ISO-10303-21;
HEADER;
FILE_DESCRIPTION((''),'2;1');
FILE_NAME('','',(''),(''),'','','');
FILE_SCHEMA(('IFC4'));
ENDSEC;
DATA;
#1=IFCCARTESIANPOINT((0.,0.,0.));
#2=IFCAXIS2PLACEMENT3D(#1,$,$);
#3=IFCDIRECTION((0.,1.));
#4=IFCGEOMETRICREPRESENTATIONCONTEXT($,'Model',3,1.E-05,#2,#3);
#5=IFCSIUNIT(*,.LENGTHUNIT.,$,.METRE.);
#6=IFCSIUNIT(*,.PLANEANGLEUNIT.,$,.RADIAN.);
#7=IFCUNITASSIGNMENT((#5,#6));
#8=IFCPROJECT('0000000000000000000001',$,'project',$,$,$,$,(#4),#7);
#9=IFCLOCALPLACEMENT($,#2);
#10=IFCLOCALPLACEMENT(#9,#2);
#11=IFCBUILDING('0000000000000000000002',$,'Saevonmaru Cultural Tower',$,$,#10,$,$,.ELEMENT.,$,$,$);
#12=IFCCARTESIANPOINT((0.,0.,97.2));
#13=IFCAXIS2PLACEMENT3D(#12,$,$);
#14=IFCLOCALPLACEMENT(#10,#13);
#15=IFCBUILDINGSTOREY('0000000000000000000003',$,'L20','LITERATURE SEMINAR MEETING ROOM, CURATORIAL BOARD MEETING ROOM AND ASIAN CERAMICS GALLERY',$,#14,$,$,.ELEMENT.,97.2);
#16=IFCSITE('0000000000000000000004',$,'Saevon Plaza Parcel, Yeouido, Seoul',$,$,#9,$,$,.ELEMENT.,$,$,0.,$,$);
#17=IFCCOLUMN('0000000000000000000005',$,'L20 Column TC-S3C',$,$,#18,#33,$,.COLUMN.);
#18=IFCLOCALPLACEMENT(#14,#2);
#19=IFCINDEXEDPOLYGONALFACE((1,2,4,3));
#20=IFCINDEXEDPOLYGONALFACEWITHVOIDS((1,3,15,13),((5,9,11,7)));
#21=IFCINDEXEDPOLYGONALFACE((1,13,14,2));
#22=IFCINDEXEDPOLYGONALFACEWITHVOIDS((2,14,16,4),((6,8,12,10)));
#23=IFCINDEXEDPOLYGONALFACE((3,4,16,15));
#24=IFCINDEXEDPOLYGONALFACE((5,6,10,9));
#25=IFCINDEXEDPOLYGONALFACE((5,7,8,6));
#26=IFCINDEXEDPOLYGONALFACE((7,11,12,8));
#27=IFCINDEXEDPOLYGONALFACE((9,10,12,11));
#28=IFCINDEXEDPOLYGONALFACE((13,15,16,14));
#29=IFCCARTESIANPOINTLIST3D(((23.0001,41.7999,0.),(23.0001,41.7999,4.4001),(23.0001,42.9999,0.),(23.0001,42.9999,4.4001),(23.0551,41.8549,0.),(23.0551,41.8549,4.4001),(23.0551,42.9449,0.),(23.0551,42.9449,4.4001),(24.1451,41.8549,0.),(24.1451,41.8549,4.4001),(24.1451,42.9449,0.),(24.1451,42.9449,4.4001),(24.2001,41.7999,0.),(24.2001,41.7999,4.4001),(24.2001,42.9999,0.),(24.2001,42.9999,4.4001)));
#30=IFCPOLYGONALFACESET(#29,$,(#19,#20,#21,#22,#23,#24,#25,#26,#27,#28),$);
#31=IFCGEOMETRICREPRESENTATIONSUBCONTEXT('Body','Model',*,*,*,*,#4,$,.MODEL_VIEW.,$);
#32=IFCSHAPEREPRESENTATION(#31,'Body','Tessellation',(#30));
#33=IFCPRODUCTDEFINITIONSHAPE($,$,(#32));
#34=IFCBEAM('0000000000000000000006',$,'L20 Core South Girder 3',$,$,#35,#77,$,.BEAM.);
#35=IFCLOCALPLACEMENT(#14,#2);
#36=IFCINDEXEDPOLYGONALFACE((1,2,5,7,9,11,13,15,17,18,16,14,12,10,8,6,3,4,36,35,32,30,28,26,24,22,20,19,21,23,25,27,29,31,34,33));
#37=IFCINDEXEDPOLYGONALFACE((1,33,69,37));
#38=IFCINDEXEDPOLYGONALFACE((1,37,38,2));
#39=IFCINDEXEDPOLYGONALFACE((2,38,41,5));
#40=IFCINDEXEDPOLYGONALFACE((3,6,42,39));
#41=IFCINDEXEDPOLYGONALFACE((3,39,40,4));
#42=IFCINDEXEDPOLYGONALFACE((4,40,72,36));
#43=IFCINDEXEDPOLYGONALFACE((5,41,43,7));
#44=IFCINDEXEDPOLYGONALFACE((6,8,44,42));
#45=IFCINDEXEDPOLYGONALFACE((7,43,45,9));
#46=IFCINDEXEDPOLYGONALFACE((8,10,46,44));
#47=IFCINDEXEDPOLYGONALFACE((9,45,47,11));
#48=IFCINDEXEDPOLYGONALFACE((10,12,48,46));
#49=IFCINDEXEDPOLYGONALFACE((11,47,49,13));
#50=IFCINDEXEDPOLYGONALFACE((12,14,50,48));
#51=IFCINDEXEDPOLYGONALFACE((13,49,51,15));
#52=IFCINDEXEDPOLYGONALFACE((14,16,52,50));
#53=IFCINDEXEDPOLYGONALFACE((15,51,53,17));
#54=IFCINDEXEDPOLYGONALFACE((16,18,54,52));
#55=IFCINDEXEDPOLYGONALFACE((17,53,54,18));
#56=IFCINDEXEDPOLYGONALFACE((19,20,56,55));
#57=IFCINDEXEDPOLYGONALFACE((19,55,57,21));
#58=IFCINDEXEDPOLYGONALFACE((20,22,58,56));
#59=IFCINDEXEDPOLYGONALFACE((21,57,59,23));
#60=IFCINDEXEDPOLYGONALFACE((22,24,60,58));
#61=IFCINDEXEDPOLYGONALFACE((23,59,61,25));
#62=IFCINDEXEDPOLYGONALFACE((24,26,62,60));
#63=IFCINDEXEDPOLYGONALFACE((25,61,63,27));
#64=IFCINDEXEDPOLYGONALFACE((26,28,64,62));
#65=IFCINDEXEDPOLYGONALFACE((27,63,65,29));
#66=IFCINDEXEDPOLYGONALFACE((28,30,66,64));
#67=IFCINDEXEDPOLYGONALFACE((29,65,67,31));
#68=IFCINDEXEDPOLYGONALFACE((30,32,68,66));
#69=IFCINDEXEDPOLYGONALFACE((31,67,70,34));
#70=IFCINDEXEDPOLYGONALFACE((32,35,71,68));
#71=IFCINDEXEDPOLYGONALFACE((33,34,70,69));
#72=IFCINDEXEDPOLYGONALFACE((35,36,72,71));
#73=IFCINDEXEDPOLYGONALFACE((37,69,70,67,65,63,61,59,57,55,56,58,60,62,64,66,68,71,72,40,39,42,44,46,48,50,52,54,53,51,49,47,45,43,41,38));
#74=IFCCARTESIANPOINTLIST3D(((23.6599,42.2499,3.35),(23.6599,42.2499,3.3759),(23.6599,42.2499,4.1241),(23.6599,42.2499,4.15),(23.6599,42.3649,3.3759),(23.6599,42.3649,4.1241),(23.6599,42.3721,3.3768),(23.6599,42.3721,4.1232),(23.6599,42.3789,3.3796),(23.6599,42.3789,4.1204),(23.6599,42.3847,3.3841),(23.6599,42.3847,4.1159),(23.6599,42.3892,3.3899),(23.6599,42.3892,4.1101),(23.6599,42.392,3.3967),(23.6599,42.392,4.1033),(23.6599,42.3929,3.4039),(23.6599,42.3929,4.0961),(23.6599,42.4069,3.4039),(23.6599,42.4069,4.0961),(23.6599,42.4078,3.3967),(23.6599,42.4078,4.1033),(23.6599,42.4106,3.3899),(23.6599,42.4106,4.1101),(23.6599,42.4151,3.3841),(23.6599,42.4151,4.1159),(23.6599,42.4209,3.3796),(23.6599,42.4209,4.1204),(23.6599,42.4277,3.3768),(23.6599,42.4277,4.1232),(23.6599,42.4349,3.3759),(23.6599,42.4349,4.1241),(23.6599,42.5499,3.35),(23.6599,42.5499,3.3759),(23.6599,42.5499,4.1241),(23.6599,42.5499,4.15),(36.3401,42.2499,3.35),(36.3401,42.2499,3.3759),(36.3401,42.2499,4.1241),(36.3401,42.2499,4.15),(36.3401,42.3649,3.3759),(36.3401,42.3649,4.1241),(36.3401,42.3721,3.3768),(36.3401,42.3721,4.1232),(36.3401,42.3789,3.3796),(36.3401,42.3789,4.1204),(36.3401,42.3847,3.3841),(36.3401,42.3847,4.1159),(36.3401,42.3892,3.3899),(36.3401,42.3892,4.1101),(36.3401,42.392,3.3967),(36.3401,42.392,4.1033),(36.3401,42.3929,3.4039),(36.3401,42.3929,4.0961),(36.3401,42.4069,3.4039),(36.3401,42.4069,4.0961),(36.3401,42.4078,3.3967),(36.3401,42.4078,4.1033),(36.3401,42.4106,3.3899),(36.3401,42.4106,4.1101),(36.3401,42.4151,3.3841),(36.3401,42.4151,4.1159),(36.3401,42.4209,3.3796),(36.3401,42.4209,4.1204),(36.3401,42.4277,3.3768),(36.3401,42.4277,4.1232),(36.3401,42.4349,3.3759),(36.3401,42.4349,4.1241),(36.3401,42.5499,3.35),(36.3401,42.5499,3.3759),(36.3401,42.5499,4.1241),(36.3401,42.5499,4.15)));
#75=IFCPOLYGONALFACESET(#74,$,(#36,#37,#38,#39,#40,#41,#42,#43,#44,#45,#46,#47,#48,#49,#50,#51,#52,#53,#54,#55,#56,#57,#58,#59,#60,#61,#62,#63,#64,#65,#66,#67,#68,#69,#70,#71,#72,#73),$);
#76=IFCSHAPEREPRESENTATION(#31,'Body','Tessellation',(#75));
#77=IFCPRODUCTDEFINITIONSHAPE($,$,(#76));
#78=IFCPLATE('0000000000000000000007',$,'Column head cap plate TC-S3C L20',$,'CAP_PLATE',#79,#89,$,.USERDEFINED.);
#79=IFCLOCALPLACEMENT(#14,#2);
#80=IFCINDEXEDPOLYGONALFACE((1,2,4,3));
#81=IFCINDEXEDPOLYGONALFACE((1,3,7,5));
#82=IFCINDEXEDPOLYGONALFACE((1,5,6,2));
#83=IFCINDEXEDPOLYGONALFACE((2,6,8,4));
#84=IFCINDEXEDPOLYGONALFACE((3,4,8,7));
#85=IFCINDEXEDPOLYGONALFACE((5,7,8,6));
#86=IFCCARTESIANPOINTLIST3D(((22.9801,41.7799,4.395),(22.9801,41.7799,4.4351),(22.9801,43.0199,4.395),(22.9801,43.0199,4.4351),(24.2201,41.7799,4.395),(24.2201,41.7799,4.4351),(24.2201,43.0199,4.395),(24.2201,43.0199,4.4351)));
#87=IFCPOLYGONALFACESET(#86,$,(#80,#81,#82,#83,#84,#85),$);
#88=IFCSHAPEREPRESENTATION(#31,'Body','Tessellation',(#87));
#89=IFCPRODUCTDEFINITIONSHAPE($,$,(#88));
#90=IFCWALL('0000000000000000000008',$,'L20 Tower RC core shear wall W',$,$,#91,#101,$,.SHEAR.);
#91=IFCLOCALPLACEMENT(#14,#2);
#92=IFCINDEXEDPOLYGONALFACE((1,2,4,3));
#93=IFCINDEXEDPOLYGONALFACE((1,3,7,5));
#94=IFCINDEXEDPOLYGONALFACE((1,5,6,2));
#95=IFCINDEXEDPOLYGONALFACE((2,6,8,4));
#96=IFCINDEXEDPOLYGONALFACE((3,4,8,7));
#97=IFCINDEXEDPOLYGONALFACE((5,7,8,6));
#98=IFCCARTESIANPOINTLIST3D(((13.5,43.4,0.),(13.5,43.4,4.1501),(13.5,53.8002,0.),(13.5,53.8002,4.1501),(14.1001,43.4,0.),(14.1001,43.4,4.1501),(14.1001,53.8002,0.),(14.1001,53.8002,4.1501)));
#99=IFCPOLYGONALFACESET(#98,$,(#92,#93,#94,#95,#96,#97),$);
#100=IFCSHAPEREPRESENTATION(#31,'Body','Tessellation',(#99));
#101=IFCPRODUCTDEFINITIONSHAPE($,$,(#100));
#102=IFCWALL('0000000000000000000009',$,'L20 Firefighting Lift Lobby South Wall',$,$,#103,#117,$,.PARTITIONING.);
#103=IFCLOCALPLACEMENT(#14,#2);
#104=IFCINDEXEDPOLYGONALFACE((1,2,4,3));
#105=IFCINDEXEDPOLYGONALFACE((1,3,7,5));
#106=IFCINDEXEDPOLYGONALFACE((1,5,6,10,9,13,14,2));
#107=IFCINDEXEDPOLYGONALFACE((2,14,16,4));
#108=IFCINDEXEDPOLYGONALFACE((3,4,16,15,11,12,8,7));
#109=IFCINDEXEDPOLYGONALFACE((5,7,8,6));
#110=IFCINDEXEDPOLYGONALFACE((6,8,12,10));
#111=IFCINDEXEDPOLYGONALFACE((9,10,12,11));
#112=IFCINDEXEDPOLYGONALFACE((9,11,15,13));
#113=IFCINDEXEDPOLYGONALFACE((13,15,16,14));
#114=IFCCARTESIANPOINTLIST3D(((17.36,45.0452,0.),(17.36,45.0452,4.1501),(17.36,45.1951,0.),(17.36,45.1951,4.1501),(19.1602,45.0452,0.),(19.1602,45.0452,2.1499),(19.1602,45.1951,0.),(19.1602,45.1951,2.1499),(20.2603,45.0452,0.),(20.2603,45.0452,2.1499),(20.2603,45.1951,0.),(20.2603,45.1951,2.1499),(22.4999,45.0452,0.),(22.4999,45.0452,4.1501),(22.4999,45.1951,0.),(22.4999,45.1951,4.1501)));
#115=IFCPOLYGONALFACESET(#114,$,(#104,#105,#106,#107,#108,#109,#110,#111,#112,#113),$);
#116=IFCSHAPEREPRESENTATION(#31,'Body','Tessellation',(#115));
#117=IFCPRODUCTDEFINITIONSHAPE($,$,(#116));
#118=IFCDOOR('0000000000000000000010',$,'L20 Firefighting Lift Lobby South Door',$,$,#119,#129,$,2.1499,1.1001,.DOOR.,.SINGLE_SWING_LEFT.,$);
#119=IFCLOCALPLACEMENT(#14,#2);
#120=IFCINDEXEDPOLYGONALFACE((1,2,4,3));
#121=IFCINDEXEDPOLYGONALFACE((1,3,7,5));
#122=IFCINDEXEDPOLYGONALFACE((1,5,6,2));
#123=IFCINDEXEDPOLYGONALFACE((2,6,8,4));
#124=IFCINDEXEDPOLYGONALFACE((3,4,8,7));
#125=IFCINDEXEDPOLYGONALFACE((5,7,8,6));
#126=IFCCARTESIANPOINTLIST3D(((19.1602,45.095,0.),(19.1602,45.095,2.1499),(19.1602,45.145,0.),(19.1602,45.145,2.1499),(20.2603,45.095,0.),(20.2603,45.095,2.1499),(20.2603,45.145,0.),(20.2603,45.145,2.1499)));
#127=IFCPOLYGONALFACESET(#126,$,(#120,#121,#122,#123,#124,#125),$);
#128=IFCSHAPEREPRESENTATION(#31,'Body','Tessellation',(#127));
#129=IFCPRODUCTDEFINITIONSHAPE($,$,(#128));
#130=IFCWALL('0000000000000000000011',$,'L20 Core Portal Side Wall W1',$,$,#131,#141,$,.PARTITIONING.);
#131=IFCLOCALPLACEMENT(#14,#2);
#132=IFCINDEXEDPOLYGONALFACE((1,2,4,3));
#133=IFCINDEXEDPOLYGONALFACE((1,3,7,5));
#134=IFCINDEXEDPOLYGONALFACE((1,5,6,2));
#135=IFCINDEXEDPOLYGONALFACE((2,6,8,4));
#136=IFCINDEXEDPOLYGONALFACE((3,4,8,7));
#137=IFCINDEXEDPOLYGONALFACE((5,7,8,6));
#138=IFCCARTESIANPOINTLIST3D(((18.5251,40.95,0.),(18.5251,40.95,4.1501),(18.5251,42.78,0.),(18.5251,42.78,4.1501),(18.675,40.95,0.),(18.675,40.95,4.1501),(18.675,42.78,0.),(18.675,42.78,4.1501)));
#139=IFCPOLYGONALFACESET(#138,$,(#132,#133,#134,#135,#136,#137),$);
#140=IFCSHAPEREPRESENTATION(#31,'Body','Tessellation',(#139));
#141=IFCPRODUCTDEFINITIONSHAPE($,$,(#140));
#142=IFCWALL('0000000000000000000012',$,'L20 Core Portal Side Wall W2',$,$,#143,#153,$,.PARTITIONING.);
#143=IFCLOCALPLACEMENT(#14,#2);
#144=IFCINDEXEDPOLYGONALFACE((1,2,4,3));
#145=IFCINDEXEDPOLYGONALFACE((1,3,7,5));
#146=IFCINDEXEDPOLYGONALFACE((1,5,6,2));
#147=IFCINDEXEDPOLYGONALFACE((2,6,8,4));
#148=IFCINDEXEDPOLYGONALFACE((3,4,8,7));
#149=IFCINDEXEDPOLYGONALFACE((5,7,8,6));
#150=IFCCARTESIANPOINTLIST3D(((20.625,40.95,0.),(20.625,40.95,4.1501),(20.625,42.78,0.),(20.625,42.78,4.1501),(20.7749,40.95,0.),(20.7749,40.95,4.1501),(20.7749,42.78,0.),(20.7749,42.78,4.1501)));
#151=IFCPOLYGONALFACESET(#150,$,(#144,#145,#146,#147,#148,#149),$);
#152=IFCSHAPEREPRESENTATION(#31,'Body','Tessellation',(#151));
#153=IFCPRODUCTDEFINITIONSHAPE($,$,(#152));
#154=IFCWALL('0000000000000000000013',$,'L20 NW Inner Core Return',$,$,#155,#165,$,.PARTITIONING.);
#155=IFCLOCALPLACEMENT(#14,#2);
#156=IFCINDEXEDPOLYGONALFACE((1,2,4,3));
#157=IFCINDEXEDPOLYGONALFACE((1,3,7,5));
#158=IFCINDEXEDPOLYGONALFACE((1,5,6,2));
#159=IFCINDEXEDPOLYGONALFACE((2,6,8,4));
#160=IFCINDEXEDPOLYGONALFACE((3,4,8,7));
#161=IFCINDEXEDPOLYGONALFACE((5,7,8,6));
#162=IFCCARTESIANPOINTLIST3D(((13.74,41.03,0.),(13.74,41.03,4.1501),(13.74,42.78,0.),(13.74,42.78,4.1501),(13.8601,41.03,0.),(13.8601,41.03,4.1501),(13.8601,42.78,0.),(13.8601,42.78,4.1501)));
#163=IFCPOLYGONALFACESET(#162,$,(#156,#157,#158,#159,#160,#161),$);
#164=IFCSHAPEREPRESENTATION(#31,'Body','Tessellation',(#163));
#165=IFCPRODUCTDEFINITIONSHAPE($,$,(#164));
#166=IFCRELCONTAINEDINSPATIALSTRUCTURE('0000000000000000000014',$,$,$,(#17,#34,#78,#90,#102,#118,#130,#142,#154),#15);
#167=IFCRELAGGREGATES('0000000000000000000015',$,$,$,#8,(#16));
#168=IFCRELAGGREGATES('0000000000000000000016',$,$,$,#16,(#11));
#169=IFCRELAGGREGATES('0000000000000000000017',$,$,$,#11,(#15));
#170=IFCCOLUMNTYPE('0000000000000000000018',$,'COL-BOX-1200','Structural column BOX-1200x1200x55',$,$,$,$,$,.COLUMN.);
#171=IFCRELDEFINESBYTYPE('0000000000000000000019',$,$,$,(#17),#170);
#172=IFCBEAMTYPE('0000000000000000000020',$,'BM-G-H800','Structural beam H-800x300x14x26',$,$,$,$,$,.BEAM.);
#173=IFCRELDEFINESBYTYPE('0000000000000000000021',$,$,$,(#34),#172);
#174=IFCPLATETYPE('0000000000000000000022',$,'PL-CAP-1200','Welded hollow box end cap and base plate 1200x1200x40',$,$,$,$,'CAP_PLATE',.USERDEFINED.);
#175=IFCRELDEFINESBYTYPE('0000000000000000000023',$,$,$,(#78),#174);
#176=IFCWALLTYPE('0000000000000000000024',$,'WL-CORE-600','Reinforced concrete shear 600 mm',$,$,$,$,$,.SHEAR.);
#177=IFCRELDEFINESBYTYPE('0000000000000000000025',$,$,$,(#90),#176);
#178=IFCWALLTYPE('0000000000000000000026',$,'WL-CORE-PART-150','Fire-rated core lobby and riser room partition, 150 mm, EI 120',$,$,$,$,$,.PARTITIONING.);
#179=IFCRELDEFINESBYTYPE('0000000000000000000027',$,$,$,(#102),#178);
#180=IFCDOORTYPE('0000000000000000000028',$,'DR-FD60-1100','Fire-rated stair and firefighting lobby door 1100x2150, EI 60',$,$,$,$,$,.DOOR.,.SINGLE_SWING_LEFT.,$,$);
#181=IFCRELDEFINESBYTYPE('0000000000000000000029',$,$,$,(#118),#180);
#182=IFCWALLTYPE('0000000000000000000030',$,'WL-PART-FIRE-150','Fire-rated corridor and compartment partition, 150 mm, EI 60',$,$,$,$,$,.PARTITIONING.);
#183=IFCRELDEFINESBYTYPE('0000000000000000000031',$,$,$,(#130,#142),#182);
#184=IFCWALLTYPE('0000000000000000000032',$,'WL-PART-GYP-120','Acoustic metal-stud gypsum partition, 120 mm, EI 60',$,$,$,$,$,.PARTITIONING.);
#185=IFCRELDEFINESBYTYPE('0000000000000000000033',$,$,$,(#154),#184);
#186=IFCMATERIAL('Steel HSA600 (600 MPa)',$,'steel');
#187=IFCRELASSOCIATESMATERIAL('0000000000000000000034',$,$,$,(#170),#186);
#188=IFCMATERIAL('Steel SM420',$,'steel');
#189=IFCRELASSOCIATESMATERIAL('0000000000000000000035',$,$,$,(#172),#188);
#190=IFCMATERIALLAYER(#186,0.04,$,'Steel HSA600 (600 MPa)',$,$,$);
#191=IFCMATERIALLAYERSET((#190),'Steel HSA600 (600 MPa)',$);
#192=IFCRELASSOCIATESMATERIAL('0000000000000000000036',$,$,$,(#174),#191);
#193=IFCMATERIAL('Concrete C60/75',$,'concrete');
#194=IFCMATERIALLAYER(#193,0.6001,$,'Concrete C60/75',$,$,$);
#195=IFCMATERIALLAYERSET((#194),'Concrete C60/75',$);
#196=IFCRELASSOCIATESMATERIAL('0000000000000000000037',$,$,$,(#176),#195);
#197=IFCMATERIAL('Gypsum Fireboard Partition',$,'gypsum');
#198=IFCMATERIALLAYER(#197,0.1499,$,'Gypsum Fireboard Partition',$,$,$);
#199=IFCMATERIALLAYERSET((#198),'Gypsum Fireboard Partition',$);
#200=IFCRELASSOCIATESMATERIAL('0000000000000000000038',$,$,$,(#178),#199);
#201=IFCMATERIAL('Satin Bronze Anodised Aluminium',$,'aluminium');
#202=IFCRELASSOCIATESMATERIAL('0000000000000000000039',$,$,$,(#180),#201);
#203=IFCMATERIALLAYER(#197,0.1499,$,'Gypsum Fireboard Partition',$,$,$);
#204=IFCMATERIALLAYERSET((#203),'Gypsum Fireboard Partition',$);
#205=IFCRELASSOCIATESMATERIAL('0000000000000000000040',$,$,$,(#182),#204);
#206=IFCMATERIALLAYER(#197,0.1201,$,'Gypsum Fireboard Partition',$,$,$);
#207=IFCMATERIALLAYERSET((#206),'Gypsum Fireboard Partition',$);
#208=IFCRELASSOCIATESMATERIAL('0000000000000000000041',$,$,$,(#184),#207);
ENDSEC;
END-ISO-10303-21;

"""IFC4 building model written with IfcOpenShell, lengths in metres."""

from ifc_helpers import new_model, si_unit, direction, frame, frame_2d, origin, origin_2d, place, context, subcontext, project, spatial, rectangle, hollow_rectangle, i_section, extrude, material, layer, layer_set, material_profile, profile_set, type_object, element, fill, save


model = new_model("IFC4")

# Units and contexts
model_context = context("Model", 3, precision=1e-05, world=origin(), true_north=direction((0.0, 1.0)))
body_context = subcontext(model_context, "Body", "Model", "MODEL_VIEW")
ifc_project = project(units=[si_unit("LENGTHUNIT", "METRE"), si_unit("PLANEANGLEUNIT", "RADIAN")], contexts=[model_context])

# Site, building, storey
site_placement = place(None, origin())
site = spatial("IfcSite", under=ifc_project, at=site_placement, Name="Saevon Plaza Parcel, Yeouido, Seoul", CompositionType="ELEMENT", RefElevation=0.0)
building_placement = place(site_placement, origin())
building = spatial("IfcBuilding", under=site, at=building_placement, Name="Saevonmaru Cultural Tower", CompositionType="ELEMENT")
storey_placement = place(building_placement, frame((0.0, 0.0, 97.2)))
storey = spatial("IfcBuildingStorey", under=building, at=storey_placement, Name="L20", Description="LITERATURE SEMINAR MEETING ROOM, CURATORIAL BOARD MEETING ROOM AND ASIAN CERAMICS GALLERY", CompositionType="ELEMENT", Elevation=97.2)

# Column
ifc_material_1 = material(Name="Steel HSA600 (600 MPa)", Category="steel")
ifc_material_profile_1 = material_profile(ifc_material_1, hollow_rectangle(XDim=1.2, YDim=1.2, WallThickness=0.0549, at=origin_2d()), Name="BOX-1200x1200x55")
ifc_profile_set_1 = profile_set([ifc_material_profile_1], Name="Steel HSA600 (600 MPa)")
column_type = type_object("IfcColumnType", Name="COL-BOX-1200", Description="Structural column BOX-1200x1200x55", PredefinedType="COLUMN", material=ifc_profile_set_1)
column_placement = place(storey_placement, frame((23.6001, 42.3999, 0.0), z_axis=(0.0, 0.0, 1.0), x_axis=(1.0, 0.0, 0.0)))
element("IfcColumn", 1, at=column_placement, inside=storey, type_object=column_type, Name="L20 Column TC-S3C", PredefinedType="COLUMN", context=body_context, shape_type="SweptSolid", body=[
    extrude(hollow_rectangle(XDim=1.2, YDim=1.2, WallThickness=0.0549, at=origin_2d()), origin(), (0.0, 0.0, 1.0), 4.4001),
])

# Beam
ifc_material_2 = material(Name="Steel SM420", Category="steel")
ifc_material_profile_2 = material_profile(ifc_material_2, i_section(OverallWidth=0.3, OverallDepth=0.8, WebThickness=0.0139, FlangeThickness=0.0259, FilletRadius=0.0281, at=origin_2d()), Name="H-800x300x14x26")
ifc_profile_set_2 = profile_set([ifc_material_profile_2], Name="Steel SM420")
beam_type = type_object("IfcBeamType", Name="BM-G-H800", Description="Structural beam H-800x300x14x26", PredefinedType="BEAM", material=ifc_profile_set_2)
beam_placement = place(storey_placement, frame((23.6599, 42.3999, 3.75), z_axis=(1.0, 0.0, 0.0), x_axis=(0.0, 1.0, 0.0)))
element("IfcBeam", 2, at=beam_placement, inside=storey, type_object=beam_type, Name="L20 Core South Girder 3", PredefinedType="BEAM", context=body_context, shape_type="SweptSolid", body=[
    extrude(i_section(OverallWidth=0.3, OverallDepth=0.8, WebThickness=0.0139, FlangeThickness=0.0259, FilletRadius=0.0281, at=origin_2d()), origin(), (0.0, 0.0, 1.0), 12.6802),
])

# Plate
ifc_layer_1 = layer(ifc_material_1, 0.04, Name="Steel HSA600 (600 MPa)")
ifc_layer_set_1 = layer_set([ifc_layer_1], Name="Steel HSA600 (600 MPa)")
plate_type = type_object("IfcPlateType", Name="PL-CAP-1200", Description="Welded hollow box end cap and base plate 1200x1200x40", ElementType="CAP_PLATE", PredefinedType="USERDEFINED", material=ifc_layer_set_1)
plate_placement = place(storey_placement, frame((23.6001, 42.3999, 4.395), z_axis=(0.0, 0.0, 1.0), x_axis=(1.0, 0.0, 0.0)))
element("IfcPlate", 3, at=plate_placement, inside=storey, type_object=plate_type, Name="Column head cap plate TC-S3C L20", ObjectType="CAP_PLATE", PredefinedType="USERDEFINED", context=body_context, shape_type="SweptSolid", body=[
    extrude(rectangle(XDim=1.24, YDim=1.24, at=origin_2d()), origin(), (0.0, 0.0, 1.0), 0.04),
])

# Wall
ifc_material_3 = material(Name="Concrete C60/75", Category="concrete")
ifc_layer_2 = layer(ifc_material_3, 0.6001, Name="Concrete C60/75")
ifc_layer_set_2 = layer_set([ifc_layer_2], Name="Concrete C60/75")
wall_type_1 = type_object("IfcWallType", Name="WL-CORE-600", Description="Reinforced concrete shear 600 mm", PredefinedType="SHEAR", material=ifc_layer_set_2)
wall_1_placement = place(storey_placement, frame((13.8, 43.3999, 0.0), z_axis=(0.0, 0.0, 1.0), x_axis=(0.0, 1.0, 0.0)))
element("IfcWall", 4, at=wall_1_placement, inside=storey, type_object=wall_type_1, Name="L20 Tower RC core shear wall W", PredefinedType="SHEAR", context=body_context, shape_type="SweptSolid", body=[
    extrude(rectangle(XDim=10.4001, YDim=0.6001, at=frame_2d((5.2002, 0.0))), origin(), (0.0, 0.0, 1.0), 4.1501),
])

# Wall, opening, door
ifc_material_4 = material(Name="Gypsum Fireboard Partition", Category="gypsum")
ifc_layer_3 = layer(ifc_material_4, 0.1499, Name="Gypsum Fireboard Partition")
ifc_layer_set_3 = layer_set([ifc_layer_3], Name="Gypsum Fireboard Partition")
wall_type_2 = type_object("IfcWallType", Name="WL-CORE-PART-150", Description="Fire-rated core lobby and riser room partition, 150 mm, EI 120", PredefinedType="PARTITIONING", material=ifc_layer_set_3)
wall_2_placement = place(storey_placement, frame((17.3601, 45.1201, 0.0), z_axis=(0.0, 0.0, 1.0), x_axis=(1.0, 0.0, 0.0)))
wall_2 = element("IfcWall", 5, at=wall_2_placement, inside=storey, type_object=wall_type_2, Name="L20 Firefighting Lift Lobby South Wall", PredefinedType="PARTITIONING", context=body_context, shape_type="SweptSolid", body=[
    extrude(rectangle(XDim=5.1399, YDim=0.1499, at=frame_2d((2.5698, 0.0))), origin(), (0.0, 0.0, 1.0), 4.1501),
])
opening_1_placement = place(wall_2_placement, frame((1.8, 0.0, 0.0)))
opening_1 = element("IfcOpeningElement", 6, at=opening_1_placement, cuts=wall_2, PredefinedType="OPENING", context=body_context, shape_type="SweptSolid", body=[
    extrude(rectangle(XDim=1.1001, YDim=2.1499, at=frame_2d((0.55, 1.075))), frame((0.0, 0.085, 0.0), z_axis=(0.0, -1.0, 0.0), x_axis=(1.0, 0.0, 0.0)), (0.0, 0.0, 1.0), 0.1699),
])
ifc_material_5 = material(Name="Satin Bronze Anodised Aluminium", Category="aluminium")
door_type_1 = type_object("IfcDoorType", Name="DR-FD60-1100", Description="Fire-rated stair and firefighting lobby door 1100x2150, EI 60", OperationType="SINGLE_SWING_LEFT", PredefinedType="DOOR", material=ifc_material_5)
door_1_placement = place(opening_1_placement, origin())
door_1 = element("IfcDoor", 7, at=door_1_placement, inside=storey, type_object=door_type_1, Name="L20 Firefighting Lift Lobby South Door", OperationType="SINGLE_SWING_LEFT", OverallHeight=2.1499, OverallWidth=1.1001, PredefinedType="DOOR", context=body_context, shape_type="SweptSolid", body=[
    extrude(rectangle(XDim=1.1001, YDim=2.1499, at=frame_2d((0.55, 1.075))), frame((0.0, 0.0249, 0.0), z_axis=(0.0, -1.0, 0.0), x_axis=(1.0, 0.0, 0.0)), (0.0, 0.0, 1.0), 0.05),
])
fill(opening_1, door_1)

# Walls
ifc_layer_4 = layer(ifc_material_4, 0.1499, Name="Gypsum Fireboard Partition")
ifc_layer_set_4 = layer_set([ifc_layer_4], Name="Gypsum Fireboard Partition")
wall_type_3 = type_object("IfcWallType", Name="WL-PART-FIRE-150", Description="Fire-rated corridor and compartment partition, 150 mm, EI 60", PredefinedType="PARTITIONING", material=ifc_layer_set_4)
for number, where, z_axis, x_axis, name in (
    (8, (18.6001, 40.95, 0.0), (0.0, 0.0, 1.0), (0.0, 1.0, 0.0), "L20 Core Portal Side Wall W1"),
    (9, (20.7, 40.95, 0.0), (0.0, 0.0, 1.0), (0.0, 1.0, 0.0), "L20 Core Portal Side Wall W2"),
):
    element("IfcWall", number, at=place(storey_placement, frame(where, z_axis=z_axis, x_axis=x_axis)), inside=storey, type_object=wall_type_3, Name=name, PredefinedType="PARTITIONING", context=body_context, shape_type="SweptSolid", body=[
        extrude(rectangle(XDim=1.8301, YDim=0.1499, at=frame_2d((0.915, 0.0))), origin(), (0.0, 0.0, 1.0), 4.1501),
    ])
ifc_layer_5 = layer(ifc_material_4, 0.1201, Name="Gypsum Fireboard Partition")
ifc_layer_set_5 = layer_set([ifc_layer_5], Name="Gypsum Fireboard Partition")
wall_type_4 = type_object("IfcWallType", Name="WL-PART-GYP-120", Description="Acoustic metal-stud gypsum partition, 120 mm, EI 60", PredefinedType="PARTITIONING", material=ifc_layer_set_5)
wall_3_placement = place(storey_placement, frame((13.8, 41.03, 0.0), z_axis=(0.0, 0.0, 1.0), x_axis=(0.0, 1.0, 0.0)))
element("IfcWall", 10, at=wall_3_placement, inside=storey, type_object=wall_type_4, Name="L20 NW Inner Core Return", PredefinedType="PARTITIONING", context=body_context, shape_type="SweptSolid", body=[
    extrude(rectangle(XDim=1.75, YDim=0.1201, at=frame_2d((0.875, 0.0))), origin(), (0.0, 0.0, 1.0), 4.1501),
])

save(model, "model.ifc")
